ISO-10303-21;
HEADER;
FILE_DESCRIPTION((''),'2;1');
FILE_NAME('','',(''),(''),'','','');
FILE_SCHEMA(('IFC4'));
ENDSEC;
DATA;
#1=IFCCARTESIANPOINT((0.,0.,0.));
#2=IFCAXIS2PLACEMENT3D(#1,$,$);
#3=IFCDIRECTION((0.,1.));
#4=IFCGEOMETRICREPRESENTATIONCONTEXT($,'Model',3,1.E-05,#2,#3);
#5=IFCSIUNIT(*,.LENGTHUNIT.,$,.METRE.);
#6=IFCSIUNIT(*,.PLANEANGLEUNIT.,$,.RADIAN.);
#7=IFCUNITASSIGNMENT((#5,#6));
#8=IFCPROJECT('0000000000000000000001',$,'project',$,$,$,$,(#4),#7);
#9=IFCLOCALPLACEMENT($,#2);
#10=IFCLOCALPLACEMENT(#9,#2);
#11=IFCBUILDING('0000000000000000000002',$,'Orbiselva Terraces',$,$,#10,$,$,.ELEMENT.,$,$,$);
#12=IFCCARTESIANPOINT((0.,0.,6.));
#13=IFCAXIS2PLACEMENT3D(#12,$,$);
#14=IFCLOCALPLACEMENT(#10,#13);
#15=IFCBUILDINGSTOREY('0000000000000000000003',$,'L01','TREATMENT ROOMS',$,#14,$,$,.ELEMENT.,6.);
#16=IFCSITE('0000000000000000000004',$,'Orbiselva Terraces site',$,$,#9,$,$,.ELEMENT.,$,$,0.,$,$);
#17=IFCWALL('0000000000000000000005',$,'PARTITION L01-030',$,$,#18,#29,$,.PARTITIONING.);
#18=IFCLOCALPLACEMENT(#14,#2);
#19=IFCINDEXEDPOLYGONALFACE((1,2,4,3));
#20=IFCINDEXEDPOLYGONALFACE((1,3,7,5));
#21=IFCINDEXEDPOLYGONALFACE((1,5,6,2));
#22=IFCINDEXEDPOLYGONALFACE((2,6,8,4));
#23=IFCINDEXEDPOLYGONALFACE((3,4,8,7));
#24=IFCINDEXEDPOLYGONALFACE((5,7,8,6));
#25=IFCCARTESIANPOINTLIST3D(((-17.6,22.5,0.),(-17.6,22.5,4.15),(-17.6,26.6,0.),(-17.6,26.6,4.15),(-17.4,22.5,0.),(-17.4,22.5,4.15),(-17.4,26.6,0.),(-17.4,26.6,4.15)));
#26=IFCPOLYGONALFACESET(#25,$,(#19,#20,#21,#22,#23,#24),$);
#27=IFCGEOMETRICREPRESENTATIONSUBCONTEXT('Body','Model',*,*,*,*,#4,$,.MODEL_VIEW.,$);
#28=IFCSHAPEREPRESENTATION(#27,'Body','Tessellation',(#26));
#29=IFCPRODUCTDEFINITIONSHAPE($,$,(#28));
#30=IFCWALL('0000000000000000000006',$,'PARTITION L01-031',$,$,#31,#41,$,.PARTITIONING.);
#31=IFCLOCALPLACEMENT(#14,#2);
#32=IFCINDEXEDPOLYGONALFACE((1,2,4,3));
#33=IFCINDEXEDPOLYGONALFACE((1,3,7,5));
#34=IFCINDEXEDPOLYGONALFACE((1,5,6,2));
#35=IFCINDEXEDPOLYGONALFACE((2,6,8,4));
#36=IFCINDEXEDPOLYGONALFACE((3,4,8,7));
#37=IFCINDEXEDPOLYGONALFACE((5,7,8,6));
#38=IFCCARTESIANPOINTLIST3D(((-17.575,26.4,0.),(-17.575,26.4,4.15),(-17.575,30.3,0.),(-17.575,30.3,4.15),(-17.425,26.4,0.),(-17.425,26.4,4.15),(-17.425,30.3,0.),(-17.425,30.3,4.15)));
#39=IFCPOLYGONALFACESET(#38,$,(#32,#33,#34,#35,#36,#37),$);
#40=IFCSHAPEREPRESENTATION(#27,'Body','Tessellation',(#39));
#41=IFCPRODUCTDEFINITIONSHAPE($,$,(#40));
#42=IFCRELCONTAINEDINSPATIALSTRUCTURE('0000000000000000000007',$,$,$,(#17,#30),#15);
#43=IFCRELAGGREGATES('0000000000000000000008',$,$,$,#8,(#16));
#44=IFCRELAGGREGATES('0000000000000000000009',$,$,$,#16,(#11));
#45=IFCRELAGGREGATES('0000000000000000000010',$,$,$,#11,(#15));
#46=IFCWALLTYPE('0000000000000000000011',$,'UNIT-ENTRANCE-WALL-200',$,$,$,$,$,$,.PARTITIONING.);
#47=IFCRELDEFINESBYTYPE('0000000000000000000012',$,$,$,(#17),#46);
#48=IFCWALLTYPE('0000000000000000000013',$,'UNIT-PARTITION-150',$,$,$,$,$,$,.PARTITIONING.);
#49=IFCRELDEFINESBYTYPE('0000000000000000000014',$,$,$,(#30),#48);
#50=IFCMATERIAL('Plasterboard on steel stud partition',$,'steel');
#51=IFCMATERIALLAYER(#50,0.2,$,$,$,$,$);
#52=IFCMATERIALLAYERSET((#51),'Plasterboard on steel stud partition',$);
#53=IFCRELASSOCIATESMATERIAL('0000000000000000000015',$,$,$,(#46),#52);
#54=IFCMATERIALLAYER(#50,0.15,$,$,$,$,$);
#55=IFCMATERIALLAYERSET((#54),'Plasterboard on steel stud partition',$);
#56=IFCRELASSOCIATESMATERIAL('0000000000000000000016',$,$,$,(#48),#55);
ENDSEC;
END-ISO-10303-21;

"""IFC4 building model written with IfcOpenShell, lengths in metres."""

from ifc_helpers import new_model, si_unit, direction, frame, frame_2d, origin, place, context, subcontext, project, spatial, rectangle, extrude, material, layer, layer_set, type_object, element, save


model = new_model("IFC4")

# Units and contexts
model_context = context("Model", 3, precision=1e-05, world=origin(), true_north=direction((0.0, 1.0)))
body_context = subcontext(model_context, "Body", "Model", "MODEL_VIEW")
ifc_project = project(units=[si_unit("LENGTHUNIT", "METRE"), si_unit("PLANEANGLEUNIT", "RADIAN")], contexts=[model_context])

# Site, building, storey
site_placement = place(None, origin())
site = spatial("IfcSite", under=ifc_project, at=site_placement, Name="Orbiselva Terraces site", CompositionType="ELEMENT", RefElevation=0.0)
building_placement = place(site_placement, origin())
building = spatial("IfcBuilding", under=site, at=building_placement, Name="Orbiselva Terraces", CompositionType="ELEMENT")
storey_placement = place(building_placement, frame((0.0, 0.0, 6.0)))
storey = spatial("IfcBuildingStorey", under=building, at=storey_placement, Name="L01", Description="TREATMENT ROOMS", CompositionType="ELEMENT", Elevation=6.0)

# Walls
ifc_material_1 = material(Name="Plasterboard on steel stud partition", Category="steel")
ifc_layer_1 = layer(ifc_material_1, 0.2)
ifc_layer_set_1 = layer_set([ifc_layer_1], Name="Plasterboard on steel stud partition")
wall_type_1 = type_object("IfcWallType", Name="UNIT-ENTRANCE-WALL-200", PredefinedType="PARTITIONING", material=ifc_layer_set_1)
wall_1_placement = place(storey_placement, frame((-17.5, 22.5, 0.0), z_axis=(0.0, 0.0, 1.0), x_axis=(0.0, 1.0, 0.0)))
element("IfcWall", 1, at=wall_1_placement, inside=storey, type_object=wall_type_1, Name="PARTITION L01-030", PredefinedType="PARTITIONING", context=body_context, shape_type="SweptSolid", body=[
    extrude(rectangle(XDim=4.1, YDim=0.2, at=frame_2d((2.05, 0.0))), origin(), (0.0, 0.0, 1.0), 4.15),
])
ifc_layer_2 = layer(ifc_material_1, 0.15)
ifc_layer_set_2 = layer_set([ifc_layer_2], Name="Plasterboard on steel stud partition")
wall_type_2 = type_object("IfcWallType", Name="UNIT-PARTITION-150", PredefinedType="PARTITIONING", material=ifc_layer_set_2)
wall_2_placement = place(storey_placement, frame((-17.5, 26.4, 0.0), z_axis=(0.0, 0.0, 1.0), x_axis=(0.0, 1.0, 0.0)))
element("IfcWall", 2, at=wall_2_placement, inside=storey, type_object=wall_type_2, Name="PARTITION L01-031", PredefinedType="PARTITIONING", context=body_context, shape_type="SweptSolid", body=[
    extrude(rectangle(XDim=3.9, YDim=0.15, at=frame_2d((1.95, 0.0))), origin(), (0.0, 0.0, 1.0), 4.15),
])

save(model, "model.ifc")
